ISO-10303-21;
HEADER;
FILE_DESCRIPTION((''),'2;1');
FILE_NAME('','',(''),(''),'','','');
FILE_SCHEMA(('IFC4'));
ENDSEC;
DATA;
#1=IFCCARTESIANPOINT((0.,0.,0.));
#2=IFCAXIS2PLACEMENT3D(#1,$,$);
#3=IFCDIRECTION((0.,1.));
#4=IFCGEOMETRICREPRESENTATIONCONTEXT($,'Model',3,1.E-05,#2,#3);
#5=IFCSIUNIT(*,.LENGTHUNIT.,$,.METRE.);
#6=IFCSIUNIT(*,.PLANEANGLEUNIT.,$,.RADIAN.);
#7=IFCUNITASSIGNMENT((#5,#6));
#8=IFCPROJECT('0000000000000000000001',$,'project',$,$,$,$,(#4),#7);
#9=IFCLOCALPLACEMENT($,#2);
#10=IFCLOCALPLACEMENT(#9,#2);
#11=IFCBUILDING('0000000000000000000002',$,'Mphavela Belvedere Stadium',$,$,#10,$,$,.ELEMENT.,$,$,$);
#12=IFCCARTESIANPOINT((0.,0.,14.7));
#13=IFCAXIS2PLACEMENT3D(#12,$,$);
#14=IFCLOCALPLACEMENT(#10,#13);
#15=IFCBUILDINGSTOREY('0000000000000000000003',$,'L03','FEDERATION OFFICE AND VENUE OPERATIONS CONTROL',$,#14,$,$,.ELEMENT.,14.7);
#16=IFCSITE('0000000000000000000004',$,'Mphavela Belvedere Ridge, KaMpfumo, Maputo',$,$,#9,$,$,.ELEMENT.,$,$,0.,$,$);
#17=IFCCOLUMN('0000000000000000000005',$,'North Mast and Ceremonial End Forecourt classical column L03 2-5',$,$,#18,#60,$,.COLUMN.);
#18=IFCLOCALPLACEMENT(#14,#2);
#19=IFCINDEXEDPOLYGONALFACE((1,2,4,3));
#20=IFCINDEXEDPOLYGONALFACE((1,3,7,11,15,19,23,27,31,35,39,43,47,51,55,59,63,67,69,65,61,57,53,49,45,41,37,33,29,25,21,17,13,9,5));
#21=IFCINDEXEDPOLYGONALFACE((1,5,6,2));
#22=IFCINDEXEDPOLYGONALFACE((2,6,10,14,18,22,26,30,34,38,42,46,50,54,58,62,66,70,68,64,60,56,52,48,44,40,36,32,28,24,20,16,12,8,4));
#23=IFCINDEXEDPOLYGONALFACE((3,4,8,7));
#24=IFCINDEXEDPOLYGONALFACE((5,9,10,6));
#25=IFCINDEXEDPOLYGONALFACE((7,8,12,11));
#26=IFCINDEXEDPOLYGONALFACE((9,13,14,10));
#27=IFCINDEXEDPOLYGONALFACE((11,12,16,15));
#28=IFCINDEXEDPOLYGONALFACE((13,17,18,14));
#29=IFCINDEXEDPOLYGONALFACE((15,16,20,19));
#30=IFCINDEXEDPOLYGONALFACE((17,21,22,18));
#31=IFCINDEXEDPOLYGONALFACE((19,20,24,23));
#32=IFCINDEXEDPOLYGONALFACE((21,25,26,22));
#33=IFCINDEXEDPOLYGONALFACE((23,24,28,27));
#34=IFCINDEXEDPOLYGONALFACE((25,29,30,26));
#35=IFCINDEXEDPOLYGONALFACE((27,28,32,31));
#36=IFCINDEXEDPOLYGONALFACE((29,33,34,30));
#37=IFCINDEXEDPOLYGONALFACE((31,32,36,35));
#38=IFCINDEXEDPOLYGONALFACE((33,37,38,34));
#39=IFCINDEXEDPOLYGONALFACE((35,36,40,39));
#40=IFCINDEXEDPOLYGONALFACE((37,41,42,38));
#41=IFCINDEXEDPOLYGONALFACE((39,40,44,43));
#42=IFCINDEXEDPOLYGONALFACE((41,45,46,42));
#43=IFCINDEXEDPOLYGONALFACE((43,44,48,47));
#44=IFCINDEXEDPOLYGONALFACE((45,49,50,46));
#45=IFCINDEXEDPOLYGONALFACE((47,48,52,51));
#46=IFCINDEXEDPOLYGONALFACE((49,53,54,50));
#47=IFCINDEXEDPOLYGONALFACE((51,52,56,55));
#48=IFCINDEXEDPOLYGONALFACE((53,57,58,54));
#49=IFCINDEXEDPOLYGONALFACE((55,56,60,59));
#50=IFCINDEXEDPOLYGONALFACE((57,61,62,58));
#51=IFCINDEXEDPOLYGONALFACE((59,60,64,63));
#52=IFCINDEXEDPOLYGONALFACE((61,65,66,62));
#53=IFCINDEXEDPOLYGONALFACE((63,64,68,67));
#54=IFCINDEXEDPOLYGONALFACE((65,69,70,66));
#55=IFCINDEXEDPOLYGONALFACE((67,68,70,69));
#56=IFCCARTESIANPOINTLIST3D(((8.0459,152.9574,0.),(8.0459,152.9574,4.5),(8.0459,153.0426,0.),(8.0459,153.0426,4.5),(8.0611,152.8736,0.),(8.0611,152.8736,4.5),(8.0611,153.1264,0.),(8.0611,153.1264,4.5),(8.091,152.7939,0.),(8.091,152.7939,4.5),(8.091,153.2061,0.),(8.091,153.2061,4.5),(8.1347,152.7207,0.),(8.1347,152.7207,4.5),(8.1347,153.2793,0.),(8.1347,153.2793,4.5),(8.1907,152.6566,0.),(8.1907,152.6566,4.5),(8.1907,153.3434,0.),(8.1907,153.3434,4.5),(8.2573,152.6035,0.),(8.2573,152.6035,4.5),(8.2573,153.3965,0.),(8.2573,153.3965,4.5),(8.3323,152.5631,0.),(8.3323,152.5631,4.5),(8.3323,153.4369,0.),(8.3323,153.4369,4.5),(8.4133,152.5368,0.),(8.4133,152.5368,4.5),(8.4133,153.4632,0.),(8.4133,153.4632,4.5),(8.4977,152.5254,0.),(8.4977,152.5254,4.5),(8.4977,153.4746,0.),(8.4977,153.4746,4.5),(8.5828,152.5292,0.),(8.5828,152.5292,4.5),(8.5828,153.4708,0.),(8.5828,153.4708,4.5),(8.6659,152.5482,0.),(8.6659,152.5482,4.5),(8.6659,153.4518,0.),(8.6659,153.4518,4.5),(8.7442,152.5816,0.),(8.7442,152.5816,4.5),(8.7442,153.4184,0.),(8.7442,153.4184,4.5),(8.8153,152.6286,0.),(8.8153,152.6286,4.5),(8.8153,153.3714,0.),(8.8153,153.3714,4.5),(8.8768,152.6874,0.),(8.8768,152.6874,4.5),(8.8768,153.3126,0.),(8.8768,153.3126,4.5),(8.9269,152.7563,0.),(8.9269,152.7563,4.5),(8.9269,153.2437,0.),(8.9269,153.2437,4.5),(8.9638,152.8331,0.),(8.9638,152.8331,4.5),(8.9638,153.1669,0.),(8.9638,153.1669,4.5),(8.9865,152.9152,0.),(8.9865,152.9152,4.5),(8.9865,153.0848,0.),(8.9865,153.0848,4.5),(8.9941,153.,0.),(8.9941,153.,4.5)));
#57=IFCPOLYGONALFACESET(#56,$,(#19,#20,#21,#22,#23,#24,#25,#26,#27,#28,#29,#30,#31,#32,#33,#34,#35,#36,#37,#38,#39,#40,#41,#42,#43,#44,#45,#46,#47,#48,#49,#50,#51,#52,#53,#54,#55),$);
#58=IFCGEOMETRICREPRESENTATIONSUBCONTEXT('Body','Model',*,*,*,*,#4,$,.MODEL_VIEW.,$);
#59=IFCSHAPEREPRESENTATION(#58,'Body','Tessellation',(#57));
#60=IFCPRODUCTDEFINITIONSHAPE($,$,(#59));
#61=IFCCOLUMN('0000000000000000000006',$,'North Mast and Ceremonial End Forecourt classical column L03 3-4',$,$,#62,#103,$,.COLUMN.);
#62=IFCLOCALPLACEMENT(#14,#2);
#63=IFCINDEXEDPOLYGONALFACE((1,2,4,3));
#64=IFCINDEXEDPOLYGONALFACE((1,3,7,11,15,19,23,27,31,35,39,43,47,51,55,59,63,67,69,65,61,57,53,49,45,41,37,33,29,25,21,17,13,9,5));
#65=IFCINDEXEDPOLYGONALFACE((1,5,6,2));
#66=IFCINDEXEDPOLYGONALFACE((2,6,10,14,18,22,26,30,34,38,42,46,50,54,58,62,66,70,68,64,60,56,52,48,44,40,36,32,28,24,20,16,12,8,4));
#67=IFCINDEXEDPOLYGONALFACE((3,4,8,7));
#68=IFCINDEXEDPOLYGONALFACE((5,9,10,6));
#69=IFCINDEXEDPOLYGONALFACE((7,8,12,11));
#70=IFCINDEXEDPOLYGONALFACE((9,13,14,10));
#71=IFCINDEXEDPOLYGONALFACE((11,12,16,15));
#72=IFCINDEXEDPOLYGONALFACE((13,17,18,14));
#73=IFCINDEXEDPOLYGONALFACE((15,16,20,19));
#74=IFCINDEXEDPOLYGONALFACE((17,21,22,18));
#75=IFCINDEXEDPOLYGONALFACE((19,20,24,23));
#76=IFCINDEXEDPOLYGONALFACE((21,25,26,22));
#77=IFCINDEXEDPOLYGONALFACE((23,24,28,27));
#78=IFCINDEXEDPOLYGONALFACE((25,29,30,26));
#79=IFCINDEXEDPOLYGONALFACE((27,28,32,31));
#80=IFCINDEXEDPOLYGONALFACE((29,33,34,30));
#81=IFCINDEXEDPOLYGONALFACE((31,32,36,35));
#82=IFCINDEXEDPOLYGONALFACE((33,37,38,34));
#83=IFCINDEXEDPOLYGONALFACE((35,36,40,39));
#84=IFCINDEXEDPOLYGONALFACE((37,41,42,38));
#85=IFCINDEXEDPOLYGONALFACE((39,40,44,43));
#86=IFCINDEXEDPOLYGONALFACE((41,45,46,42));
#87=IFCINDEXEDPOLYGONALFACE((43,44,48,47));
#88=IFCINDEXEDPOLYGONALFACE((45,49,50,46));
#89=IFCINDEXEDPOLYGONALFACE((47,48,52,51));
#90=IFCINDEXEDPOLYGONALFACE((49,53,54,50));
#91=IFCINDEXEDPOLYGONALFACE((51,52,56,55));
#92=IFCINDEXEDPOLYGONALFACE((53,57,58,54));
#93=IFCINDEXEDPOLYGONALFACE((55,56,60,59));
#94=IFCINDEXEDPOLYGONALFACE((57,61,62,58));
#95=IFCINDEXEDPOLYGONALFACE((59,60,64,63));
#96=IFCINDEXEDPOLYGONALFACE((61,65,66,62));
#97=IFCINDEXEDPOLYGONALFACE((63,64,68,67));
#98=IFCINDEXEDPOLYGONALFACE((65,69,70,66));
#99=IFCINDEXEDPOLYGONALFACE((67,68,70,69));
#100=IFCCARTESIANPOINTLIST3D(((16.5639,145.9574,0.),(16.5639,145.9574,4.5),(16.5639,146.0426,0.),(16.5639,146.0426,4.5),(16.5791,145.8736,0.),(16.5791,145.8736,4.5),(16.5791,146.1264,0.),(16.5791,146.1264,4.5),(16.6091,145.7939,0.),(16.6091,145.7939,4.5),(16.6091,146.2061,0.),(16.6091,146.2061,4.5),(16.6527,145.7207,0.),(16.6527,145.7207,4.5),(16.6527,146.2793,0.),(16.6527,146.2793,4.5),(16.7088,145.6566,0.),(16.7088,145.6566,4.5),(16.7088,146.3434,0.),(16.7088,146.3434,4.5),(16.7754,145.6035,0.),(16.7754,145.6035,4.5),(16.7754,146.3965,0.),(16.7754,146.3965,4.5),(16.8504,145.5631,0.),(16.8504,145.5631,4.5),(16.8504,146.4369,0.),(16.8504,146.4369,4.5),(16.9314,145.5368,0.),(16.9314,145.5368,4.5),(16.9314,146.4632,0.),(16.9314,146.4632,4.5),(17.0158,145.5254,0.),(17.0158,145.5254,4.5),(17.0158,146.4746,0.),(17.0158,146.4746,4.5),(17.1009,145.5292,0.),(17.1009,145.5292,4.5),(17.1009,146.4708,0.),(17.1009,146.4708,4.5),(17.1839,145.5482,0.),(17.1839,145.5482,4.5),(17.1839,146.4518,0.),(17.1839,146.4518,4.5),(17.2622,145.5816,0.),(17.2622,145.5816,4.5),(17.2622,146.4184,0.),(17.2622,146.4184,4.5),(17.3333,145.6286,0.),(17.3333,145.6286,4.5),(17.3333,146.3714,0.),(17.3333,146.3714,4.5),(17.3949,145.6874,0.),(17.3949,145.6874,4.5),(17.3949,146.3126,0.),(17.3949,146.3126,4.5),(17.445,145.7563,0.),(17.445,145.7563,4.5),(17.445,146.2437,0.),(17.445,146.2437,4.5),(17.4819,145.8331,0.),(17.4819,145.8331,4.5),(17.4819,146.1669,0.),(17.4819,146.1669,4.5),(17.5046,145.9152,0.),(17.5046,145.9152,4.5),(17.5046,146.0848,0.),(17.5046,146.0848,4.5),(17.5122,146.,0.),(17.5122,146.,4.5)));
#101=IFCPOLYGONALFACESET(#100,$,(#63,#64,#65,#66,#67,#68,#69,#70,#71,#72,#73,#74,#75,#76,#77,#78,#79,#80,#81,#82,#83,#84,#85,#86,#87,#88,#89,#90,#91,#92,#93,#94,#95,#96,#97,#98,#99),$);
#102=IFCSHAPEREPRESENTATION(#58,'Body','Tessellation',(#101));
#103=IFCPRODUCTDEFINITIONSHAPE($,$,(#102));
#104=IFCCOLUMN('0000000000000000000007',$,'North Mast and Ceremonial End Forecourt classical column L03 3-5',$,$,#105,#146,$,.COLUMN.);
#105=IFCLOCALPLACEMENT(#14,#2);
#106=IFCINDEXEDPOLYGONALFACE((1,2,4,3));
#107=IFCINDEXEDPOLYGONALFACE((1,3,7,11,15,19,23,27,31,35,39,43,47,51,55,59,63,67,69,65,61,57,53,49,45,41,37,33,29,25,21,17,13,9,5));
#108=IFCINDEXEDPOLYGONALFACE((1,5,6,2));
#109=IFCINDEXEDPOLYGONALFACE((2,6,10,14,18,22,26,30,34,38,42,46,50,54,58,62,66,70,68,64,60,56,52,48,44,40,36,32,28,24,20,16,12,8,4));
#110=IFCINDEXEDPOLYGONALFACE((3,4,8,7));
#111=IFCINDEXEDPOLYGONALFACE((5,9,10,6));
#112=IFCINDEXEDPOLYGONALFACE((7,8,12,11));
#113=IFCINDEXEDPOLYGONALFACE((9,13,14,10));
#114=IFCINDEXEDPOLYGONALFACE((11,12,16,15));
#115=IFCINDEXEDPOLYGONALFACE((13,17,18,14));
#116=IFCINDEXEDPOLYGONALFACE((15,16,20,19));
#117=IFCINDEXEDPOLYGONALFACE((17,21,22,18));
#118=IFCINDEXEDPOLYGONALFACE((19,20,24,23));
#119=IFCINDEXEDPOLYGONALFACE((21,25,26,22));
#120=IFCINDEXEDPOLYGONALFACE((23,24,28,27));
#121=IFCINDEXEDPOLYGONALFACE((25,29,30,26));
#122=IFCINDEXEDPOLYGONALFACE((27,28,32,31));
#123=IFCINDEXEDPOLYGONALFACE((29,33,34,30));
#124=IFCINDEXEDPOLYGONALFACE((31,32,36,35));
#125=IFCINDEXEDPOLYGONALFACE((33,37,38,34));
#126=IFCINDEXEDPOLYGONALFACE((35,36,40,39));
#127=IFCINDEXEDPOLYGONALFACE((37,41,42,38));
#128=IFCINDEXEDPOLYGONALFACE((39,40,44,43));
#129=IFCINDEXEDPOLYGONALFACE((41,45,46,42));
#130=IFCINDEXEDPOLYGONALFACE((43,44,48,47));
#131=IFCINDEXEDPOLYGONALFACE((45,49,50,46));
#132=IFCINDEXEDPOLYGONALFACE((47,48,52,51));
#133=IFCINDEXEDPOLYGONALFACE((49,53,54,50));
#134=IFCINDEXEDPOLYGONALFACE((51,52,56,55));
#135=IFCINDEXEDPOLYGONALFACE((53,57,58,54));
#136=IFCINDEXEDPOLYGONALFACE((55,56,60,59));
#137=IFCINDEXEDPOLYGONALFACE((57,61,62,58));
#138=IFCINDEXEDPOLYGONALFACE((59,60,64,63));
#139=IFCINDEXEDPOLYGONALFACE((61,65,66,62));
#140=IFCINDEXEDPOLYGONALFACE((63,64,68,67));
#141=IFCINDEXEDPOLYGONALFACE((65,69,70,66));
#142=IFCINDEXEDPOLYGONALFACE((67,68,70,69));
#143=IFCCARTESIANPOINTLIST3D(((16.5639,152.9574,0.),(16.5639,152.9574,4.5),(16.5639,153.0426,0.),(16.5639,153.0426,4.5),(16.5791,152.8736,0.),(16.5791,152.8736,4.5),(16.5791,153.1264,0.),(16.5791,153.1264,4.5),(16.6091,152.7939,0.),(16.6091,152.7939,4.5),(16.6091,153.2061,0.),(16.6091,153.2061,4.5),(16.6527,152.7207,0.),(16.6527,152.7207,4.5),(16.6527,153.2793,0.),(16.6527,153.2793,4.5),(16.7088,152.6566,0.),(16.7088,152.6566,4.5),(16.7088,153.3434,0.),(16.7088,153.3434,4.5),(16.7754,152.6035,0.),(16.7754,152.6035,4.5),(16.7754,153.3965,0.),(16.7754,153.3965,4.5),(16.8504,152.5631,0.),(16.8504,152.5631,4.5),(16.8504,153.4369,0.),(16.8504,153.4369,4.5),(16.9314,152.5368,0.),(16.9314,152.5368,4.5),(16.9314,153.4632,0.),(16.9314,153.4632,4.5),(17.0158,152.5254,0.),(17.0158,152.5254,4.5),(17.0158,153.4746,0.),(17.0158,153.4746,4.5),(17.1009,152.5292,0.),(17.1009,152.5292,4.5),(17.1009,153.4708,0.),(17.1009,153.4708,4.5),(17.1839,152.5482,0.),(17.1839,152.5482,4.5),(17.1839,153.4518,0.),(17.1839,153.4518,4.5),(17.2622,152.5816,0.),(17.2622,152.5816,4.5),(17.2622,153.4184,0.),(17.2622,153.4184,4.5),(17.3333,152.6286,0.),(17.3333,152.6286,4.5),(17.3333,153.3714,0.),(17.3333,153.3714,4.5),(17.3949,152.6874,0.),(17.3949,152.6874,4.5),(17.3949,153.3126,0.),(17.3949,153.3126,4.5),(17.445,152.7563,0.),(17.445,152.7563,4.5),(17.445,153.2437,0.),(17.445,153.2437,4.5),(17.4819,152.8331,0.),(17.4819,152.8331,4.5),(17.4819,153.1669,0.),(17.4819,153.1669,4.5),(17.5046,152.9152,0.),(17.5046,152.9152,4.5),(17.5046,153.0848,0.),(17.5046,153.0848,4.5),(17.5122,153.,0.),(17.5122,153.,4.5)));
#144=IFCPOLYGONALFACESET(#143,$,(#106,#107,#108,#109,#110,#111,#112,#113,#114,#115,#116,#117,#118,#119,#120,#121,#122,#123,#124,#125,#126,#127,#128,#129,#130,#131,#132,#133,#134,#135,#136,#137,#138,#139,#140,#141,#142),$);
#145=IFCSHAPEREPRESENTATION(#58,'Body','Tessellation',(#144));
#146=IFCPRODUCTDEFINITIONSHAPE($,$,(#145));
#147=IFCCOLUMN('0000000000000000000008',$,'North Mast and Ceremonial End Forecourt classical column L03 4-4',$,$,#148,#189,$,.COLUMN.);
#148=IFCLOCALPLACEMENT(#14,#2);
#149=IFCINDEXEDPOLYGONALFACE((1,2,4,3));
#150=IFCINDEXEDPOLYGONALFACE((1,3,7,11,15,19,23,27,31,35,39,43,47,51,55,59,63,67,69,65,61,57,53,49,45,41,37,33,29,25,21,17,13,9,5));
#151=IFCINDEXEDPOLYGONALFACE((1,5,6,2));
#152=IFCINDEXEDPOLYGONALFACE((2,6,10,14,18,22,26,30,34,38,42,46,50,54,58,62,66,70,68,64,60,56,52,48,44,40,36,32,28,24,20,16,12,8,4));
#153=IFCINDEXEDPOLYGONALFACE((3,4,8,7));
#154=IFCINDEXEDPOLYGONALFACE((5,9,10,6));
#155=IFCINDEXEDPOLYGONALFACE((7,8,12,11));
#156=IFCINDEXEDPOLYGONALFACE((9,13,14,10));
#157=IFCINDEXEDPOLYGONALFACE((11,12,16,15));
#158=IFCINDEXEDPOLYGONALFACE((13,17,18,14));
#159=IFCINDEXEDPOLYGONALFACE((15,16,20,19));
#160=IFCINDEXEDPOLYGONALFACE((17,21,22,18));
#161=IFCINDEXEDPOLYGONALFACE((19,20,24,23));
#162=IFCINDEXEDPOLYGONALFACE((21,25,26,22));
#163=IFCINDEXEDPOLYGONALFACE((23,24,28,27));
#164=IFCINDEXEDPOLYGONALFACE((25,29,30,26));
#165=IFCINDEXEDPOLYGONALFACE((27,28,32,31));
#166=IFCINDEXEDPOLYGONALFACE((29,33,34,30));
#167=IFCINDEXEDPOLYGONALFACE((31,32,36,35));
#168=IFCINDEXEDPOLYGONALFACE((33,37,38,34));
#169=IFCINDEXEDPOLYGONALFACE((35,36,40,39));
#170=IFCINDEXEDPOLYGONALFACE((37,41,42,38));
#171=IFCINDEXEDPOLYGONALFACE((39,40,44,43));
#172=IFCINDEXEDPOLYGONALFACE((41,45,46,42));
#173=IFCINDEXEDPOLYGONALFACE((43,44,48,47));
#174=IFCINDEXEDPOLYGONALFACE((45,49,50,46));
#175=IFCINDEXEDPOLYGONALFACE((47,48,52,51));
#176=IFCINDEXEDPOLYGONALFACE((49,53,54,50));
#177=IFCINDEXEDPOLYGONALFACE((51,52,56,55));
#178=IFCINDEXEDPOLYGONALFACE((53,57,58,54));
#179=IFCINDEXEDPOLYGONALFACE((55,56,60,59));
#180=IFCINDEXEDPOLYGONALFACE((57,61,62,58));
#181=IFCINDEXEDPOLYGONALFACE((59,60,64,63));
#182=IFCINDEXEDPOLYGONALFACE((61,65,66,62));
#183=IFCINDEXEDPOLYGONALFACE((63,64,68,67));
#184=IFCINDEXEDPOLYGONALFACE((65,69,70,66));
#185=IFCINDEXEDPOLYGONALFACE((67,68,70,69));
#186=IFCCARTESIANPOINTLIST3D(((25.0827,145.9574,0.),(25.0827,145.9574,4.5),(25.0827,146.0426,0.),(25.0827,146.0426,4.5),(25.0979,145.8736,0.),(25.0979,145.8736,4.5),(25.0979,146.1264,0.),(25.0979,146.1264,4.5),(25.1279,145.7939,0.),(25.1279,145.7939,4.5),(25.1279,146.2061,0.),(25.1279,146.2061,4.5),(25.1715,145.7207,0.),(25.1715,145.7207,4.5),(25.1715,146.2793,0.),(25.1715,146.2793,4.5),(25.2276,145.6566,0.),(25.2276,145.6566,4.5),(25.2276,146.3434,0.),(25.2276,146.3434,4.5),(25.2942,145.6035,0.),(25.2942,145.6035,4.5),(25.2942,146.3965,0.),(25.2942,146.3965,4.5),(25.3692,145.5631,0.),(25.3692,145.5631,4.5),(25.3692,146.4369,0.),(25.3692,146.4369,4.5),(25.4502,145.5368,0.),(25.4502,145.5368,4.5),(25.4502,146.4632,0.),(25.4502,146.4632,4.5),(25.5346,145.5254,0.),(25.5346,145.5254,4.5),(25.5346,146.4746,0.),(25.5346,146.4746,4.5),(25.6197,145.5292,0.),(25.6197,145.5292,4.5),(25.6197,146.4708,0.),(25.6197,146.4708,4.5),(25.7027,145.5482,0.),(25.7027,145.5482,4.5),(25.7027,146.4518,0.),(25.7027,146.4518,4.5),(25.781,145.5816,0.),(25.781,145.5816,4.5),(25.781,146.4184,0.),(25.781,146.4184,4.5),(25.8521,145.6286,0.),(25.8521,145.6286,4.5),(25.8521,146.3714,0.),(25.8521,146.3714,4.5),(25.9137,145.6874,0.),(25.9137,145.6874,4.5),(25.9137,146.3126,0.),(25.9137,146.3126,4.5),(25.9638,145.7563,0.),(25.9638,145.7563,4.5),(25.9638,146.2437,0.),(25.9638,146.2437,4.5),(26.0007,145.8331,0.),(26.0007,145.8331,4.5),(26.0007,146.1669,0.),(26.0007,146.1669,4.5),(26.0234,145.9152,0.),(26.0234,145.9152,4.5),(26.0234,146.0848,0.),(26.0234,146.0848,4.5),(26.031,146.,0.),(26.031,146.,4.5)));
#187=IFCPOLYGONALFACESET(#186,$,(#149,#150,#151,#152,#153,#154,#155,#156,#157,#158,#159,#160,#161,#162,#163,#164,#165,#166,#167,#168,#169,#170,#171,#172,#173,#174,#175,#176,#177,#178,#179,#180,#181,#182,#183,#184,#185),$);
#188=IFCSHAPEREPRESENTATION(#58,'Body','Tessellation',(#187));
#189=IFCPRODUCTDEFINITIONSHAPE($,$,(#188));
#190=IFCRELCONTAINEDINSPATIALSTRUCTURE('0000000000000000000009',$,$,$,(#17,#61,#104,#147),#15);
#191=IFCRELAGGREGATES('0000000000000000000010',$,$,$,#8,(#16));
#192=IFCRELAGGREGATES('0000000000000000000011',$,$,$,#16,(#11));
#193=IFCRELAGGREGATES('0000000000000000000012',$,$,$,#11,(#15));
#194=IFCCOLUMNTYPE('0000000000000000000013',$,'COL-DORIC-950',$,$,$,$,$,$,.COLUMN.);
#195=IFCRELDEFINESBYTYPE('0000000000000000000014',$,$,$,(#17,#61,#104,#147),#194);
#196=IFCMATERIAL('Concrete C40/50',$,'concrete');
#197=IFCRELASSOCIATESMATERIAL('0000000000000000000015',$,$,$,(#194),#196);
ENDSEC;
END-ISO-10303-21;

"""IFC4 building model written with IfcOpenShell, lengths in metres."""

from ifc_helpers import new_model, si_unit, direction, frame, origin, origin_2d, place, context, subcontext, project, spatial, circle, extrude, material, material_profile, profile_set, type_object, element, save


model = new_model("IFC4")

# Units and contexts
model_context = context("Model", 3, precision=1e-05, world=origin(), true_north=direction((0.0, 1.0)))
body_context = subcontext(model_context, "Body", "Model", "MODEL_VIEW")
ifc_project = project(units=[si_unit("LENGTHUNIT", "METRE"), si_unit("PLANEANGLEUNIT", "RADIAN")], contexts=[model_context])

# Site, building, storey
site_placement = place(None, origin())
site = spatial("IfcSite", under=ifc_project, at=site_placement, Name="Mphavela Belvedere Ridge, KaMpfumo, Maputo", CompositionType="ELEMENT", RefElevation=0.0)
building_placement = place(site_placement, origin())
building = spatial("IfcBuilding", under=site, at=building_placement, Name="Mphavela Belvedere Stadium", CompositionType="ELEMENT")
storey_placement = place(building_placement, frame((0.0, 0.0, 14.7)))
storey = spatial("IfcBuildingStorey", under=building, at=storey_placement, Name="L03", Description="FEDERATION OFFICE AND VENUE OPERATIONS CONTROL", CompositionType="ELEMENT", Elevation=14.7)

# Columns
ifc_material_1 = material(Name="Concrete C40/50", Category="concrete")
ifc_material_profile_1 = material_profile(ifc_material_1, circle(Radius=0.4751, at=origin_2d()), Name="COL D950")
ifc_profile_set_1 = profile_set([ifc_material_profile_1], Name="Concrete C40/50")
column_type = type_object("IfcColumnType", Name="COL-DORIC-950", PredefinedType="COLUMN", material=ifc_profile_set_1)
for number, where, z_axis, x_axis, name in (
    (1, (8.519, 153.0, 0.0), (0.0, 0.0, 1.0), (1.0, 0.0, 0.0), "North Mast and Ceremonial End Forecourt classical column L03 2-5"),
    (2, (17.0371, 146.0, 0.0), (0.0, 0.0, 1.0), (1.0, 0.0, 0.0), "North Mast and Ceremonial End Forecourt classical column L03 3-4"),
    (3, (17.0371, 153.0, 0.0), (0.0, 0.0, 1.0), (1.0, 0.0, 0.0), "North Mast and Ceremonial End Forecourt classical column L03 3-5"),
    (4, (25.5559, 146.0, 0.0), (0.0, 0.0, 1.0), (1.0, 0.0, 0.0), "North Mast and Ceremonial End Forecourt classical column L03 4-4"),
):
    element("IfcColumn", number, at=place(storey_placement, frame(where, z_axis=z_axis, x_axis=x_axis)), inside=storey, type_object=column_type, Name=name, PredefinedType="COLUMN", context=body_context, shape_type="SweptSolid", body=[
        extrude(circle(Radius=0.4751, at=origin_2d()), origin(), (0.0, 0.0, 1.0), 4.5),
    ])

save(model, "model.ifc")
